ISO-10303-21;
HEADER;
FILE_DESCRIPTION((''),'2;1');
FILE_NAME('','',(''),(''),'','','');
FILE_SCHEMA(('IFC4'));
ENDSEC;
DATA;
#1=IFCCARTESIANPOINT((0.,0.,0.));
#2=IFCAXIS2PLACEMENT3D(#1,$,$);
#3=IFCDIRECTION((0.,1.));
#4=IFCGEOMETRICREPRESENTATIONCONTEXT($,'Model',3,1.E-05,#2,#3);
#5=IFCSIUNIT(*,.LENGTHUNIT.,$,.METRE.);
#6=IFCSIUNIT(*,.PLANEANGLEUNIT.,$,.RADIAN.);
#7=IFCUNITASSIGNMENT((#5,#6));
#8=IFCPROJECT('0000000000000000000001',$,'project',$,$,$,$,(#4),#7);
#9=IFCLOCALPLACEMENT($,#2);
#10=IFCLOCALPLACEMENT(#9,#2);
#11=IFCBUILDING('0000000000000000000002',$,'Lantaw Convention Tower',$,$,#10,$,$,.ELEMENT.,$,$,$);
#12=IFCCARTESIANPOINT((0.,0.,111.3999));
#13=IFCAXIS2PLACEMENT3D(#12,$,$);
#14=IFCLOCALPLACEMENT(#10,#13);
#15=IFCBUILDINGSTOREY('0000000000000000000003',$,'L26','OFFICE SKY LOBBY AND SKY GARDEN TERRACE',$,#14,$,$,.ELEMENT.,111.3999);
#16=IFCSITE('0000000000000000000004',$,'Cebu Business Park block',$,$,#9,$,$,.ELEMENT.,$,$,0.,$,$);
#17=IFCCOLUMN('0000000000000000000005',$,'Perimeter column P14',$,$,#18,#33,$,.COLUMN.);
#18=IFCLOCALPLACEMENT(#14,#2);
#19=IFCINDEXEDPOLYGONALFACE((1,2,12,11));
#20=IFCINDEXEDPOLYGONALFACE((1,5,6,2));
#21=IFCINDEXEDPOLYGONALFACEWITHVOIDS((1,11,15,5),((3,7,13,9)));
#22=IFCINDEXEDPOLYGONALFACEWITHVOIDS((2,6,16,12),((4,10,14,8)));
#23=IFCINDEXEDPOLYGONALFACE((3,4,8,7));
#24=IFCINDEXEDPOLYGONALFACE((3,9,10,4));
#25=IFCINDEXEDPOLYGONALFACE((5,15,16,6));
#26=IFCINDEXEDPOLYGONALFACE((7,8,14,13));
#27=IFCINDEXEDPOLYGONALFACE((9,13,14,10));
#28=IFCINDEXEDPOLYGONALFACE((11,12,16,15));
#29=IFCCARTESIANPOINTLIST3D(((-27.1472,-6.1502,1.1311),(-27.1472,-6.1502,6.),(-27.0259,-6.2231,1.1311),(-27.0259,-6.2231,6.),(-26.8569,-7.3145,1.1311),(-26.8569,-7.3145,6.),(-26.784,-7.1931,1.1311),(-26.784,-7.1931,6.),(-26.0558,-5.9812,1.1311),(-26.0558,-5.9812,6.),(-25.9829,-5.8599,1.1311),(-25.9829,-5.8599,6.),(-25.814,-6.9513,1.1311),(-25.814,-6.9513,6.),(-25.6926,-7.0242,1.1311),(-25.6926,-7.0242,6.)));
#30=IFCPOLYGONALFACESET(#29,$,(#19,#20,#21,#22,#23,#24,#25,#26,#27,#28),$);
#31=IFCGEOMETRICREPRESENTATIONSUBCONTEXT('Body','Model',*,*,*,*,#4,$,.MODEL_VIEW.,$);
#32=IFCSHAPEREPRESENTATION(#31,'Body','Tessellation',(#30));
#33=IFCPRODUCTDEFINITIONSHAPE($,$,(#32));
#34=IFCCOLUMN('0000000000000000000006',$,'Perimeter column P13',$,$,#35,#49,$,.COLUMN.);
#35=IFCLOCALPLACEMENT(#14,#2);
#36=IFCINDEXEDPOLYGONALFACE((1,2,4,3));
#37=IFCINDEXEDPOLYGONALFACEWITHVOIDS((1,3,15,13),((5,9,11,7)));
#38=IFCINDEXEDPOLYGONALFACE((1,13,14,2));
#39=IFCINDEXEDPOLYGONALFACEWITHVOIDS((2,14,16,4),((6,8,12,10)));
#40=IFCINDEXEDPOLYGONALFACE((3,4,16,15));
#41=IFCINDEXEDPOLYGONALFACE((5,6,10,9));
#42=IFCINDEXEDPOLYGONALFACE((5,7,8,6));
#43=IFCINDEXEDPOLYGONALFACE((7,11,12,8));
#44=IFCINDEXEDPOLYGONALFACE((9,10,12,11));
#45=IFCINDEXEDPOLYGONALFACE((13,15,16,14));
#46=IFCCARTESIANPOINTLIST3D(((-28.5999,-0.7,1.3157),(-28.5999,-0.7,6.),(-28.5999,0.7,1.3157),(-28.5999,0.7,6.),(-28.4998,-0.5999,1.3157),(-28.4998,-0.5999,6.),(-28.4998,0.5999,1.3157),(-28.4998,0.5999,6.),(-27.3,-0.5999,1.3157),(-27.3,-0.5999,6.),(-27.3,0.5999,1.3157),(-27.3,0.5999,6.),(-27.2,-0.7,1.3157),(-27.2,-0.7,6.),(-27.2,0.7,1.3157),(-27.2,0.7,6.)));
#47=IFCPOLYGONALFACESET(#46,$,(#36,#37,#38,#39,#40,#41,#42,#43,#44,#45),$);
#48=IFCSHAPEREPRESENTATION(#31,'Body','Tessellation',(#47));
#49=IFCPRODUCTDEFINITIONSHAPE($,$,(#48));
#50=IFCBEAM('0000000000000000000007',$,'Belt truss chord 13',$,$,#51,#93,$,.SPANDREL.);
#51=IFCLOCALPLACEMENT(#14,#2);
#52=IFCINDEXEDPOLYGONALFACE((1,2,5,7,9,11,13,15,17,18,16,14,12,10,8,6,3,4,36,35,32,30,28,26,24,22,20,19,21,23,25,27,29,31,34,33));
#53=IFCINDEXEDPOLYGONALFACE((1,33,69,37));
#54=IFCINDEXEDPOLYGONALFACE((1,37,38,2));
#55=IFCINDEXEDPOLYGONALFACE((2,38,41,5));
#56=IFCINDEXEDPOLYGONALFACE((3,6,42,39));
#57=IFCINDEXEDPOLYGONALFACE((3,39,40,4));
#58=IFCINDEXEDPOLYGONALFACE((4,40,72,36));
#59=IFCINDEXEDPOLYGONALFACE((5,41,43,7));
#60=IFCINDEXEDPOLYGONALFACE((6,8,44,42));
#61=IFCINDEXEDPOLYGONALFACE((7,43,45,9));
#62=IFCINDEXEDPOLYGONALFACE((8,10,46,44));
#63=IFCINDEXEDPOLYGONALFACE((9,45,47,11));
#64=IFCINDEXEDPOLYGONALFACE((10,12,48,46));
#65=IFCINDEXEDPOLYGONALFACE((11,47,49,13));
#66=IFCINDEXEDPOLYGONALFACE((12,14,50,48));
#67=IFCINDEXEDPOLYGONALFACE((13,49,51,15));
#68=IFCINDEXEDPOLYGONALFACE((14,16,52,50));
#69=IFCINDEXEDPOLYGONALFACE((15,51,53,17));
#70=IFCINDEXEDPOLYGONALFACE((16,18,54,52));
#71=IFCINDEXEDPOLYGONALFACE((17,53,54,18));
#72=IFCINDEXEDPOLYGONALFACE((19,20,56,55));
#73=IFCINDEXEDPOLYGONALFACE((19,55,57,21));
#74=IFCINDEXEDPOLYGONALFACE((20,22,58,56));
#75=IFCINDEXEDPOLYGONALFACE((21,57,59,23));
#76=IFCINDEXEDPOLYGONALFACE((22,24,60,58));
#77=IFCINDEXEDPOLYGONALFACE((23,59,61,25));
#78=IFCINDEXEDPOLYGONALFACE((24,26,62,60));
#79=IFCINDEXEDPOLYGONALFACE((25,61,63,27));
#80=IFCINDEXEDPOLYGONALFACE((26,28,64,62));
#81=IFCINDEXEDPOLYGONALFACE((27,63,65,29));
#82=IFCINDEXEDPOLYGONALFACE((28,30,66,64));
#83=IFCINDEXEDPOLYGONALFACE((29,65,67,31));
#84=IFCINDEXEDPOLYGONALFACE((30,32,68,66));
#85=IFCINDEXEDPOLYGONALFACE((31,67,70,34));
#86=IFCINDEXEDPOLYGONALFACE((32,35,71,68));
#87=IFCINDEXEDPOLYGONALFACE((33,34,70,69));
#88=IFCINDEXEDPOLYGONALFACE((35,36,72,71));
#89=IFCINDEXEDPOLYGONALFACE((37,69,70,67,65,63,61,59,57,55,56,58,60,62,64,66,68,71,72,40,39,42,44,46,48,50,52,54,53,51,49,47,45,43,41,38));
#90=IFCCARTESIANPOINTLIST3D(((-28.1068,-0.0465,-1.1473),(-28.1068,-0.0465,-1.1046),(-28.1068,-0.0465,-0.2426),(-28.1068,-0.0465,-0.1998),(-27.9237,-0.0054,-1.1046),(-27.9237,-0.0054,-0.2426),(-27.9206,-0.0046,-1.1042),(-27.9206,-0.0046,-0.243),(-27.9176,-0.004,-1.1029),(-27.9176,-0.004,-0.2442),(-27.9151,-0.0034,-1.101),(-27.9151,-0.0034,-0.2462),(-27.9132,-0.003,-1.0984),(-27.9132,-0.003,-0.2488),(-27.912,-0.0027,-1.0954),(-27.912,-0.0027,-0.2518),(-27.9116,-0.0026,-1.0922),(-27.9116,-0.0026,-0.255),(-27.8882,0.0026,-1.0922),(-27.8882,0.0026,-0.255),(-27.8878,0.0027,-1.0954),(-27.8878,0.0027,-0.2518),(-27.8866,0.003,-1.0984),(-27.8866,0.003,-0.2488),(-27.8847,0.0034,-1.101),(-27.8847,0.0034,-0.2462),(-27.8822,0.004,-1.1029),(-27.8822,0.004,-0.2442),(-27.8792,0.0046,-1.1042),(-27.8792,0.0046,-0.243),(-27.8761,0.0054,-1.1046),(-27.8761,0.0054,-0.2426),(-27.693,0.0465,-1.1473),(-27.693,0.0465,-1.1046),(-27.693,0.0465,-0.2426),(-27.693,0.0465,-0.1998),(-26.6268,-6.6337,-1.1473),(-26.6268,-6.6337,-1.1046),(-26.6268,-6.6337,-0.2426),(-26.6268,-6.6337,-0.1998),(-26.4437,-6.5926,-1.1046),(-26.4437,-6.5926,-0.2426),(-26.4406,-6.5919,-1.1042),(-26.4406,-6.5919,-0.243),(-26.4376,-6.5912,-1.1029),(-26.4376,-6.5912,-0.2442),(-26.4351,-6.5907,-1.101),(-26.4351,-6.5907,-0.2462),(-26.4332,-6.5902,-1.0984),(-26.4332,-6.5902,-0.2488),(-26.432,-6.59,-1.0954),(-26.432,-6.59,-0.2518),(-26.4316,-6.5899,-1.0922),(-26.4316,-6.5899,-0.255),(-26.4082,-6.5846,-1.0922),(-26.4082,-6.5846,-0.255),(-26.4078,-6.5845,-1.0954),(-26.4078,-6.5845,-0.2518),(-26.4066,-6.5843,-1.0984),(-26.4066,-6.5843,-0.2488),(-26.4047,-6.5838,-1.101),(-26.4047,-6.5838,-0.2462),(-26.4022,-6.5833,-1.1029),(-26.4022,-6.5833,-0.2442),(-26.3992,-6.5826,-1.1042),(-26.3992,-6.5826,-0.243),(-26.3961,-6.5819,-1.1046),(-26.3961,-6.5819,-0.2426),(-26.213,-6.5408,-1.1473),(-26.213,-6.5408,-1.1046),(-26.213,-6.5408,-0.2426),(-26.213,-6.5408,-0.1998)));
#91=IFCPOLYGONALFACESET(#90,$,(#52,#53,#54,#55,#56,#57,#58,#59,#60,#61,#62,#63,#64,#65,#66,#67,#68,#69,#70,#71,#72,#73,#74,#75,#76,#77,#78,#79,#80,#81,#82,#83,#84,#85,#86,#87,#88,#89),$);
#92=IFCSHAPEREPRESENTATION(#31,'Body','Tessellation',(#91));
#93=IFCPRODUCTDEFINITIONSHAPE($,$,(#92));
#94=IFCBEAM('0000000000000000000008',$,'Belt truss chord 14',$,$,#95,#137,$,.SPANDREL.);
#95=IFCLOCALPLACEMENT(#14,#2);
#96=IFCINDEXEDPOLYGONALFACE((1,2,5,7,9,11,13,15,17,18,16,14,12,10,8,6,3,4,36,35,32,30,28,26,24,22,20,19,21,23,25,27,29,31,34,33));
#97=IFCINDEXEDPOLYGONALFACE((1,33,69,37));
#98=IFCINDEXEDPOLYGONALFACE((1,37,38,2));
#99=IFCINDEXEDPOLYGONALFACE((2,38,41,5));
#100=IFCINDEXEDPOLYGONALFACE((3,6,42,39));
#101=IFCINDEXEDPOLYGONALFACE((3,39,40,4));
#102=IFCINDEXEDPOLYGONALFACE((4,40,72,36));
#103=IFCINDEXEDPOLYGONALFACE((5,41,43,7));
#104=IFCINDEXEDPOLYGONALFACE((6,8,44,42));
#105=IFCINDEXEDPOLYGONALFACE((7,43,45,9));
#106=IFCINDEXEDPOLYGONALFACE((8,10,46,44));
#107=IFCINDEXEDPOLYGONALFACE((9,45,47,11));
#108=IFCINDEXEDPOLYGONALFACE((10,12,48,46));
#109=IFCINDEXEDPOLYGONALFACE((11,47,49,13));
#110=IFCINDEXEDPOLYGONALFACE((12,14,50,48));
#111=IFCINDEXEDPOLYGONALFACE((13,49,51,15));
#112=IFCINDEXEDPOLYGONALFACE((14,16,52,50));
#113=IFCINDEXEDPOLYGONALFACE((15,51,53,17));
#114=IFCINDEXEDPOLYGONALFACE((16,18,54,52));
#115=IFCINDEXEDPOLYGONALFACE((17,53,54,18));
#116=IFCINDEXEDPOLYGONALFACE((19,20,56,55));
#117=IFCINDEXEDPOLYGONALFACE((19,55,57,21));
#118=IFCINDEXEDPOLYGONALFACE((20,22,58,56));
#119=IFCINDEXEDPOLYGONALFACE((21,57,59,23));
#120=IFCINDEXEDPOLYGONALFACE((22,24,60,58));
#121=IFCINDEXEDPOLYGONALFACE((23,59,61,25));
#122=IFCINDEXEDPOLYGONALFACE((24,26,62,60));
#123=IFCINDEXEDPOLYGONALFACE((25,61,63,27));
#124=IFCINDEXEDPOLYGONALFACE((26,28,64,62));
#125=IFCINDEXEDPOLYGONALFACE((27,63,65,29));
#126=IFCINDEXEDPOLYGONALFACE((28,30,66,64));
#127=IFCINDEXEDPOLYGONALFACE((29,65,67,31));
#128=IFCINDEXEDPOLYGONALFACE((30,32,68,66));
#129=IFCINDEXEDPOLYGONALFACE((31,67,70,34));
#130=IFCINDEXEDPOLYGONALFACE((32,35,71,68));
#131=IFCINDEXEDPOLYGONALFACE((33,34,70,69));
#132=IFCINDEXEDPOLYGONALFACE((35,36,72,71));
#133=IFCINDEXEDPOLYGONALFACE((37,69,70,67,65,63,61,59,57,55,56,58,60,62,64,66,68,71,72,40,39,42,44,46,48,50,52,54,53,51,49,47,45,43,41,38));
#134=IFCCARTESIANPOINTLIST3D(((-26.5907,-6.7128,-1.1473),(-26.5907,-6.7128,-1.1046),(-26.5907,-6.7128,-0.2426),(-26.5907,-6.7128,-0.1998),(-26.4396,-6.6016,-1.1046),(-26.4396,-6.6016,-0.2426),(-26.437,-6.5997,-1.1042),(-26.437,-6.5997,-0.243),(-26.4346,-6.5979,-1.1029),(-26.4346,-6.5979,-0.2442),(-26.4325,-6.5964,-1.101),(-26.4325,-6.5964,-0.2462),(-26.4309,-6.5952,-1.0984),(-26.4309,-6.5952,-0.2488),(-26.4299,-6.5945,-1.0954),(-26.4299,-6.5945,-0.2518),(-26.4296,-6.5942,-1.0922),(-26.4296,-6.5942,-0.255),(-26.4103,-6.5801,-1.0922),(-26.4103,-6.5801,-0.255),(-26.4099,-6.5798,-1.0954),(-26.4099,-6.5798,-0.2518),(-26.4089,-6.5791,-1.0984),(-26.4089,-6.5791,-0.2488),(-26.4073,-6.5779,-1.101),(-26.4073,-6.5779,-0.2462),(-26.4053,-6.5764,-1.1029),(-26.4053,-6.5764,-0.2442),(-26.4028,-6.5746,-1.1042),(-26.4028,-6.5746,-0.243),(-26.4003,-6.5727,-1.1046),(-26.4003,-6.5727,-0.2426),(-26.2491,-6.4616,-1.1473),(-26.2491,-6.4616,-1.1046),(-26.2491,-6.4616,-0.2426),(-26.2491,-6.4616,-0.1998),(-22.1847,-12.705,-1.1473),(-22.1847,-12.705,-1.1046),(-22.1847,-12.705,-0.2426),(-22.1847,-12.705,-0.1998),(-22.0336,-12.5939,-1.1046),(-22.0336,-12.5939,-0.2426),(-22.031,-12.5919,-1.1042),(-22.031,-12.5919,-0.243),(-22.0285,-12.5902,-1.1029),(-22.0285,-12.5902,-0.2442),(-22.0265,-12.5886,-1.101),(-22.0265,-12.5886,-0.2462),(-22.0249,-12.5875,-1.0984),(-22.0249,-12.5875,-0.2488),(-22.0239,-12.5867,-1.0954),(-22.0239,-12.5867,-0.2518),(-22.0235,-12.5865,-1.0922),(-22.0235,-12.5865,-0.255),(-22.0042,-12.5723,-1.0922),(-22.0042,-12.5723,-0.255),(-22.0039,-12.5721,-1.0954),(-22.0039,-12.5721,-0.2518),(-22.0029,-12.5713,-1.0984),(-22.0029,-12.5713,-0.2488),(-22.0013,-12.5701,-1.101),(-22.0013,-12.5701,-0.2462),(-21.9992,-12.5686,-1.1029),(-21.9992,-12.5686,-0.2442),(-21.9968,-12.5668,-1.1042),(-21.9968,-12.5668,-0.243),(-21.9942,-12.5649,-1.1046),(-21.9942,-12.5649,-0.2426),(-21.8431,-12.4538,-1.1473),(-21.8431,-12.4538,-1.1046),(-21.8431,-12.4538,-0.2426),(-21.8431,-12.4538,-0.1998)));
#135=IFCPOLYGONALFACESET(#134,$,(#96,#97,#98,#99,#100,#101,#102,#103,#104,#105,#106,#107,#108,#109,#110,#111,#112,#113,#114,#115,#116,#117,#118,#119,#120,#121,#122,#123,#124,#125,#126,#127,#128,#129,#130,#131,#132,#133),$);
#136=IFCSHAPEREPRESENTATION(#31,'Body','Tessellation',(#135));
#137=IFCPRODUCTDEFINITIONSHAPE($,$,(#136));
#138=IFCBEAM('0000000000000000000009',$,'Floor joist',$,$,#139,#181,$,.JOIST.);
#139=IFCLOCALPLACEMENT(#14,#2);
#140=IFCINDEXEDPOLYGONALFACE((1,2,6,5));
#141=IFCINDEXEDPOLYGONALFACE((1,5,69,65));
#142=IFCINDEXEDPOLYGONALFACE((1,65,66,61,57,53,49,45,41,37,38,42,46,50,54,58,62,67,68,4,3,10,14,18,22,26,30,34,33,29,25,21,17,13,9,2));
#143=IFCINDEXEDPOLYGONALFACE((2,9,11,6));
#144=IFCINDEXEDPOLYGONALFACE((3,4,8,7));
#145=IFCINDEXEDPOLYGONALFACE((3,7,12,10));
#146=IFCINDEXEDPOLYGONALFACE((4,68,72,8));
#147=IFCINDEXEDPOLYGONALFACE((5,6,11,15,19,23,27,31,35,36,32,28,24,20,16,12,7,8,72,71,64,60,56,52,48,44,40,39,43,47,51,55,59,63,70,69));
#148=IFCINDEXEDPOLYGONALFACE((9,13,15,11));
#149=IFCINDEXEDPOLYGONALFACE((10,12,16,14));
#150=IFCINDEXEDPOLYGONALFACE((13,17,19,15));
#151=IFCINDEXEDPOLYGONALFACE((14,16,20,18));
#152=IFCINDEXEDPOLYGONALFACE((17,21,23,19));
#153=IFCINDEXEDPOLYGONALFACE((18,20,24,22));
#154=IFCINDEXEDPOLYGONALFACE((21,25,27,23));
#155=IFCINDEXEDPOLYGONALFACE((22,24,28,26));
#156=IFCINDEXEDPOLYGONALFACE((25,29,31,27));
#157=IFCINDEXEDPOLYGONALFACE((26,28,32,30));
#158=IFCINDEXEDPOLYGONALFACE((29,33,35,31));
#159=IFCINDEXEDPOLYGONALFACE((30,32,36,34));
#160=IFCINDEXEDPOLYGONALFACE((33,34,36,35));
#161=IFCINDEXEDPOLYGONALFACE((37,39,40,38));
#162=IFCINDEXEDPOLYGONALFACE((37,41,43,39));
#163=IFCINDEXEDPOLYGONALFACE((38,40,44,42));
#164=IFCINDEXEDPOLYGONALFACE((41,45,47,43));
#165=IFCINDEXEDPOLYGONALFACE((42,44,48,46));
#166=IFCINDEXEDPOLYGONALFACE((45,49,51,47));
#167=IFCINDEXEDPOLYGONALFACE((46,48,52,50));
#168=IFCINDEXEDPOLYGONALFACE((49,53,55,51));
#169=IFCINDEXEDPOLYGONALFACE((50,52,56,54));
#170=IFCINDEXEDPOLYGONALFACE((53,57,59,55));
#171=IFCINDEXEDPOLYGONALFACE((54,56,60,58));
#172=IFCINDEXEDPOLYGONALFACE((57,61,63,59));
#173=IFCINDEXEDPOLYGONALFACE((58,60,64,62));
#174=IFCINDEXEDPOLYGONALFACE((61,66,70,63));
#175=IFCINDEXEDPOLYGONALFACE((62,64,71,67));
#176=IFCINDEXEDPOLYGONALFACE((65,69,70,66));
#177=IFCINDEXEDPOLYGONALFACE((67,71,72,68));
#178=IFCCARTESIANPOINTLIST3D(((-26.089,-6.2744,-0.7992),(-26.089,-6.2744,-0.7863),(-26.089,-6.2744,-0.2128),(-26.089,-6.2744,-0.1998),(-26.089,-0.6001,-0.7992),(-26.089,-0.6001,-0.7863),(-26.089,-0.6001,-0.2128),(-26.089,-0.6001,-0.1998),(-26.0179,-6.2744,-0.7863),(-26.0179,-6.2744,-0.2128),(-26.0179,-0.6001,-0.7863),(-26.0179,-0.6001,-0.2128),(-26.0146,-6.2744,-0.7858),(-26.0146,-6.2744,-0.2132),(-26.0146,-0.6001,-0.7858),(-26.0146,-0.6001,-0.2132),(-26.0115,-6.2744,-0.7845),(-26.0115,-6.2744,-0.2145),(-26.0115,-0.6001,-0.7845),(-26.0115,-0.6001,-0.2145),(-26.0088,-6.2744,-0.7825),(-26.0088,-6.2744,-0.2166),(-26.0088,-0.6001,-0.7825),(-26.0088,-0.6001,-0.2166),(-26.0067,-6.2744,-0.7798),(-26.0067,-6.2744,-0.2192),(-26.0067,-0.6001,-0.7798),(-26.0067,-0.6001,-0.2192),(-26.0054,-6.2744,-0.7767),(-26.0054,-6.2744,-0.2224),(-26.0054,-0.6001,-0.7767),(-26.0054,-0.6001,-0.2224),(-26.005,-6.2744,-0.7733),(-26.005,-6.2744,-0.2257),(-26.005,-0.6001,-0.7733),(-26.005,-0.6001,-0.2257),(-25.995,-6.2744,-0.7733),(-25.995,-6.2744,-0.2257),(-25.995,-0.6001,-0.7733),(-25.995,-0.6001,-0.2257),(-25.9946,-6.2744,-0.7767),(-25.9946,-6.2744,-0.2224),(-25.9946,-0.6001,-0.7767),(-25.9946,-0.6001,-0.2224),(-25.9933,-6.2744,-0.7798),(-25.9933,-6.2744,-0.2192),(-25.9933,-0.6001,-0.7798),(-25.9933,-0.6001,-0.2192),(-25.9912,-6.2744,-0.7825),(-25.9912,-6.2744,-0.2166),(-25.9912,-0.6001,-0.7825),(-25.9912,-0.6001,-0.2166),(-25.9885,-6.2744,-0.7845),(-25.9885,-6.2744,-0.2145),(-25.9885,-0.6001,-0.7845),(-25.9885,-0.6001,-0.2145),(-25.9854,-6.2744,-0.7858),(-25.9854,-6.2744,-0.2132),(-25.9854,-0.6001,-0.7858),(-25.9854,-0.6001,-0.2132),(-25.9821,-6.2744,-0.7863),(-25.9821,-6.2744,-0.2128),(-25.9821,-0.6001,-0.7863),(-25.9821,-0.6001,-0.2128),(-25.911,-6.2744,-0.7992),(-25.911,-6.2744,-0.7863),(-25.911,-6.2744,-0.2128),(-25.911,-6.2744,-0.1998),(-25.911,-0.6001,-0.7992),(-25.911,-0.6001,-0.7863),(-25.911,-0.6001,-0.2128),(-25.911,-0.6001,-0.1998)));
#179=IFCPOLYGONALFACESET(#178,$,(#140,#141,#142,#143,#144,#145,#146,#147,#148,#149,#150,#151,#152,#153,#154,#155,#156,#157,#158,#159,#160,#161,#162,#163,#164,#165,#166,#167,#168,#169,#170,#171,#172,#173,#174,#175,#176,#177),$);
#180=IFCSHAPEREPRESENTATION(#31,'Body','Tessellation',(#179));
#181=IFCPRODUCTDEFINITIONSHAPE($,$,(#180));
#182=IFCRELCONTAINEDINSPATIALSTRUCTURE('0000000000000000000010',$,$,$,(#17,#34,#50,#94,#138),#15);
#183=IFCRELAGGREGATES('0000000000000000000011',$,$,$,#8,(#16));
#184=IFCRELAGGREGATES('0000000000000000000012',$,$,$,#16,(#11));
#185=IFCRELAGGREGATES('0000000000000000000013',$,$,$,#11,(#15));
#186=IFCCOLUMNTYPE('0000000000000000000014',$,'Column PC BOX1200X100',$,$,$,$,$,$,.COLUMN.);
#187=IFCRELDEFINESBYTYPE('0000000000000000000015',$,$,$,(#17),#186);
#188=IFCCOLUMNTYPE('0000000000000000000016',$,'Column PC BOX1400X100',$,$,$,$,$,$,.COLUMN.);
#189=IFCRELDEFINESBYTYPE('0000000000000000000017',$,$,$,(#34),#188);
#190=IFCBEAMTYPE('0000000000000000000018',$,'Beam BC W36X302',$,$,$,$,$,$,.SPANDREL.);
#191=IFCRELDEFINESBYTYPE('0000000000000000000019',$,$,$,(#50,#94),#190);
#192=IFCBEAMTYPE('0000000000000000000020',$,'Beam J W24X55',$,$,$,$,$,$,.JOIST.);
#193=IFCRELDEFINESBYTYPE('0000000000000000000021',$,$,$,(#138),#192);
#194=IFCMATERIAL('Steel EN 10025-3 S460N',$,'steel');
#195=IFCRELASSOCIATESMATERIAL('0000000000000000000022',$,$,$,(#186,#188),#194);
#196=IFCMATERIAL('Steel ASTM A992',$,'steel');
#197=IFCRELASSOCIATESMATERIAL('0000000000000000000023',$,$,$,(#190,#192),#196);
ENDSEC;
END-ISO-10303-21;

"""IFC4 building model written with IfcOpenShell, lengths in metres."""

from ifc_helpers import new_model, si_unit, direction, frame, origin, origin_2d, place, context, subcontext, project, spatial, rectangle, hollow_rectangle, i_section, extrude, material, material_profile, profile_set, type_object, element, save


model = new_model("IFC4")

# Units and contexts
model_context = context("Model", 3, precision=1e-05, world=origin(), true_north=direction((0.0, 1.0)))
body_context = subcontext(model_context, "Body", "Model", "MODEL_VIEW")
ifc_project = project(units=[si_unit("LENGTHUNIT", "METRE"), si_unit("PLANEANGLEUNIT", "RADIAN")], contexts=[model_context])

# Site, building, storey
site_placement = place(None, origin())
site = spatial("IfcSite", under=ifc_project, at=site_placement, Name="Cebu Business Park block", CompositionType="ELEMENT", RefElevation=0.0)
building_placement = place(site_placement, origin())
building = spatial("IfcBuilding", under=site, at=building_placement, Name="Lantaw Convention Tower", CompositionType="ELEMENT")
storey_placement = place(building_placement, frame((0.0, 0.0, 111.3999)))
storey = spatial("IfcBuildingStorey", under=building, at=storey_placement, Name="L26", Description="OFFICE SKY LOBBY AND SKY GARDEN TERRACE", CompositionType="ELEMENT", Elevation=111.3999)

# Columns
ifc_material_1 = material(Name="Steel EN 10025-3 S460N", Category="steel")
ifc_material_profile_1 = material_profile(ifc_material_1, hollow_rectangle(XDim=1.2, YDim=1.2, WallThickness=0.1001, at=origin_2d()), Name="BOX1200X100")
ifc_material_2 = material(Name="Concrete C60/75", Category="concrete")
ifc_material_profile_2 = material_profile(ifc_material_2, rectangle(XDim=1.0, YDim=1.0, at=origin_2d()), Name="Concrete fill of BOX1200X100")
ifc_profile_set_1 = profile_set([ifc_material_profile_1, ifc_material_profile_2], Name="Steel EN 10025-3 S460N")
column_type_1 = type_object("IfcColumnType", Name="Column PC BOX1200X100", PredefinedType="COLUMN", material=ifc_profile_set_1)
column_1_placement = place(storey_placement, frame((-26.4199, -6.5872, 1.1311), z_axis=(0.0, 0.0, 1.0), x_axis=(0.970296, 0.241922, 0.0)))
element("IfcColumn", 1, at=column_1_placement, inside=storey, type_object=column_type_1, Name="Perimeter column P14", PredefinedType="COLUMN", context=body_context, shape_type="SweptSolid", body=[
    extrude(hollow_rectangle(XDim=1.2, YDim=1.2, WallThickness=0.1001, at=origin_2d()), origin(), (0.0, 0.0, 1.0), 4.8689),
])
ifc_material_profile_3 = material_profile(ifc_material_1, hollow_rectangle(XDim=1.3999, YDim=1.3999, WallThickness=0.1001, at=origin_2d()), Name="BOX1400X100")
ifc_material_profile_4 = material_profile(ifc_material_2, rectangle(XDim=1.2, YDim=1.2, at=origin_2d()), Name="Concrete fill of BOX1400X100")
ifc_profile_set_2 = profile_set([ifc_material_profile_3, ifc_material_profile_4], Name="Steel EN 10025-3 S460N")
column_type_2 = type_object("IfcColumnType", Name="Column PC BOX1400X100", PredefinedType="COLUMN", material=ifc_profile_set_2)
column_2_placement = place(storey_placement, frame((-27.8999, 0.0, 1.3157), z_axis=(0.0, 0.0, 1.0), x_axis=(1.0, 0.0, 0.0)))
element("IfcColumn", 2, at=column_2_placement, inside=storey, type_object=column_type_2, Name="Perimeter column P13", PredefinedType="COLUMN", context=body_context, shape_type="SweptSolid", body=[
    extrude(hollow_rectangle(XDim=1.3999, YDim=1.3999, WallThickness=0.1001, at=origin_2d()), origin(), (0.0, 0.0, 1.0), 4.6843),
])

# Beams
ifc_material_3 = material(Name="Steel ASTM A992", Category="steel")
ifc_material_profile_5 = material_profile(ifc_material_3, i_section(OverallWidth=0.4241, OverallDepth=0.9475, WebThickness=0.0239, FlangeThickness=0.0427, FilletRadius=0.0125, at=origin_2d()), Name="W36X302")
ifc_profile_set_3 = profile_set([ifc_material_profile_5], Name="Steel ASTM A992")
beam_type_1 = type_object("IfcBeamType", Name="Beam BC W36X302", PredefinedType="SPANDREL", material=ifc_profile_set_3)
beam_1_placement = place(storey_placement, frame((-27.8999, 0.0, -0.6736), z_axis=(0.219212, -0.975677, 0.0), x_axis=(0.975677, 0.219212, 0.0)))
element("IfcBeam", 3, at=beam_1_placement, inside=storey, type_object=beam_type_1, Name="Belt truss chord 13", PredefinedType="SPANDREL", context=body_context, shape_type="SweptSolid", body=[
    extrude(i_section(OverallWidth=0.4241, OverallDepth=0.9475, WebThickness=0.0239, FlangeThickness=0.0427, FilletRadius=0.0125, at=origin_2d()), origin(), (0.0, 0.0, 1.0), 6.7515),
])
beam_2_placement = place(storey_placement, frame((-26.4199, -6.5872, -0.6736), z_axis=(0.592389, -0.805652, 0.0), x_axis=(0.805652, 0.592389, 0.0)))
element("IfcBeam", 4, at=beam_2_placement, inside=storey, type_object=beam_type_1, Name="Belt truss chord 14", PredefinedType="SPANDREL", context=body_context, shape_type="SweptSolid", body=[
    extrude(i_section(OverallWidth=0.4241, OverallDepth=0.9475, WebThickness=0.0239, FlangeThickness=0.0427, FilletRadius=0.0125, at=origin_2d()), origin(), (0.0, 0.0, 1.0), 7.4377),
])
ifc_material_profile_6 = material_profile(ifc_material_3, i_section(OverallWidth=0.178, OverallDepth=0.5994, WebThickness=0.01, FlangeThickness=0.0129, FilletRadius=0.0129, at=origin_2d()), Name="W24X55")
ifc_profile_set_4 = profile_set([ifc_material_profile_6], Name="Steel ASTM A992")
beam_type_2 = type_object("IfcBeamType", Name="Beam J W24X55", PredefinedType="JOIST", material=ifc_profile_set_4)
beam_3_placement = place(storey_placement, frame((-26.0, -6.2744, -0.4995), z_axis=(0.0, 1.0, 0.0), x_axis=(-1.0, 0.0, 0.0)))
element("IfcBeam", 5, at=beam_3_placement, inside=storey, type_object=beam_type_2, Name="Floor joist", PredefinedType="JOIST", context=body_context, shape_type="SweptSolid", body=[
    extrude(i_section(OverallWidth=0.178, OverallDepth=0.5994, WebThickness=0.01, FlangeThickness=0.0129, FilletRadius=0.0129, at=origin_2d()), origin(), (0.0, 0.0, 1.0), 5.6743),
])

save(model, "model.ifc")
